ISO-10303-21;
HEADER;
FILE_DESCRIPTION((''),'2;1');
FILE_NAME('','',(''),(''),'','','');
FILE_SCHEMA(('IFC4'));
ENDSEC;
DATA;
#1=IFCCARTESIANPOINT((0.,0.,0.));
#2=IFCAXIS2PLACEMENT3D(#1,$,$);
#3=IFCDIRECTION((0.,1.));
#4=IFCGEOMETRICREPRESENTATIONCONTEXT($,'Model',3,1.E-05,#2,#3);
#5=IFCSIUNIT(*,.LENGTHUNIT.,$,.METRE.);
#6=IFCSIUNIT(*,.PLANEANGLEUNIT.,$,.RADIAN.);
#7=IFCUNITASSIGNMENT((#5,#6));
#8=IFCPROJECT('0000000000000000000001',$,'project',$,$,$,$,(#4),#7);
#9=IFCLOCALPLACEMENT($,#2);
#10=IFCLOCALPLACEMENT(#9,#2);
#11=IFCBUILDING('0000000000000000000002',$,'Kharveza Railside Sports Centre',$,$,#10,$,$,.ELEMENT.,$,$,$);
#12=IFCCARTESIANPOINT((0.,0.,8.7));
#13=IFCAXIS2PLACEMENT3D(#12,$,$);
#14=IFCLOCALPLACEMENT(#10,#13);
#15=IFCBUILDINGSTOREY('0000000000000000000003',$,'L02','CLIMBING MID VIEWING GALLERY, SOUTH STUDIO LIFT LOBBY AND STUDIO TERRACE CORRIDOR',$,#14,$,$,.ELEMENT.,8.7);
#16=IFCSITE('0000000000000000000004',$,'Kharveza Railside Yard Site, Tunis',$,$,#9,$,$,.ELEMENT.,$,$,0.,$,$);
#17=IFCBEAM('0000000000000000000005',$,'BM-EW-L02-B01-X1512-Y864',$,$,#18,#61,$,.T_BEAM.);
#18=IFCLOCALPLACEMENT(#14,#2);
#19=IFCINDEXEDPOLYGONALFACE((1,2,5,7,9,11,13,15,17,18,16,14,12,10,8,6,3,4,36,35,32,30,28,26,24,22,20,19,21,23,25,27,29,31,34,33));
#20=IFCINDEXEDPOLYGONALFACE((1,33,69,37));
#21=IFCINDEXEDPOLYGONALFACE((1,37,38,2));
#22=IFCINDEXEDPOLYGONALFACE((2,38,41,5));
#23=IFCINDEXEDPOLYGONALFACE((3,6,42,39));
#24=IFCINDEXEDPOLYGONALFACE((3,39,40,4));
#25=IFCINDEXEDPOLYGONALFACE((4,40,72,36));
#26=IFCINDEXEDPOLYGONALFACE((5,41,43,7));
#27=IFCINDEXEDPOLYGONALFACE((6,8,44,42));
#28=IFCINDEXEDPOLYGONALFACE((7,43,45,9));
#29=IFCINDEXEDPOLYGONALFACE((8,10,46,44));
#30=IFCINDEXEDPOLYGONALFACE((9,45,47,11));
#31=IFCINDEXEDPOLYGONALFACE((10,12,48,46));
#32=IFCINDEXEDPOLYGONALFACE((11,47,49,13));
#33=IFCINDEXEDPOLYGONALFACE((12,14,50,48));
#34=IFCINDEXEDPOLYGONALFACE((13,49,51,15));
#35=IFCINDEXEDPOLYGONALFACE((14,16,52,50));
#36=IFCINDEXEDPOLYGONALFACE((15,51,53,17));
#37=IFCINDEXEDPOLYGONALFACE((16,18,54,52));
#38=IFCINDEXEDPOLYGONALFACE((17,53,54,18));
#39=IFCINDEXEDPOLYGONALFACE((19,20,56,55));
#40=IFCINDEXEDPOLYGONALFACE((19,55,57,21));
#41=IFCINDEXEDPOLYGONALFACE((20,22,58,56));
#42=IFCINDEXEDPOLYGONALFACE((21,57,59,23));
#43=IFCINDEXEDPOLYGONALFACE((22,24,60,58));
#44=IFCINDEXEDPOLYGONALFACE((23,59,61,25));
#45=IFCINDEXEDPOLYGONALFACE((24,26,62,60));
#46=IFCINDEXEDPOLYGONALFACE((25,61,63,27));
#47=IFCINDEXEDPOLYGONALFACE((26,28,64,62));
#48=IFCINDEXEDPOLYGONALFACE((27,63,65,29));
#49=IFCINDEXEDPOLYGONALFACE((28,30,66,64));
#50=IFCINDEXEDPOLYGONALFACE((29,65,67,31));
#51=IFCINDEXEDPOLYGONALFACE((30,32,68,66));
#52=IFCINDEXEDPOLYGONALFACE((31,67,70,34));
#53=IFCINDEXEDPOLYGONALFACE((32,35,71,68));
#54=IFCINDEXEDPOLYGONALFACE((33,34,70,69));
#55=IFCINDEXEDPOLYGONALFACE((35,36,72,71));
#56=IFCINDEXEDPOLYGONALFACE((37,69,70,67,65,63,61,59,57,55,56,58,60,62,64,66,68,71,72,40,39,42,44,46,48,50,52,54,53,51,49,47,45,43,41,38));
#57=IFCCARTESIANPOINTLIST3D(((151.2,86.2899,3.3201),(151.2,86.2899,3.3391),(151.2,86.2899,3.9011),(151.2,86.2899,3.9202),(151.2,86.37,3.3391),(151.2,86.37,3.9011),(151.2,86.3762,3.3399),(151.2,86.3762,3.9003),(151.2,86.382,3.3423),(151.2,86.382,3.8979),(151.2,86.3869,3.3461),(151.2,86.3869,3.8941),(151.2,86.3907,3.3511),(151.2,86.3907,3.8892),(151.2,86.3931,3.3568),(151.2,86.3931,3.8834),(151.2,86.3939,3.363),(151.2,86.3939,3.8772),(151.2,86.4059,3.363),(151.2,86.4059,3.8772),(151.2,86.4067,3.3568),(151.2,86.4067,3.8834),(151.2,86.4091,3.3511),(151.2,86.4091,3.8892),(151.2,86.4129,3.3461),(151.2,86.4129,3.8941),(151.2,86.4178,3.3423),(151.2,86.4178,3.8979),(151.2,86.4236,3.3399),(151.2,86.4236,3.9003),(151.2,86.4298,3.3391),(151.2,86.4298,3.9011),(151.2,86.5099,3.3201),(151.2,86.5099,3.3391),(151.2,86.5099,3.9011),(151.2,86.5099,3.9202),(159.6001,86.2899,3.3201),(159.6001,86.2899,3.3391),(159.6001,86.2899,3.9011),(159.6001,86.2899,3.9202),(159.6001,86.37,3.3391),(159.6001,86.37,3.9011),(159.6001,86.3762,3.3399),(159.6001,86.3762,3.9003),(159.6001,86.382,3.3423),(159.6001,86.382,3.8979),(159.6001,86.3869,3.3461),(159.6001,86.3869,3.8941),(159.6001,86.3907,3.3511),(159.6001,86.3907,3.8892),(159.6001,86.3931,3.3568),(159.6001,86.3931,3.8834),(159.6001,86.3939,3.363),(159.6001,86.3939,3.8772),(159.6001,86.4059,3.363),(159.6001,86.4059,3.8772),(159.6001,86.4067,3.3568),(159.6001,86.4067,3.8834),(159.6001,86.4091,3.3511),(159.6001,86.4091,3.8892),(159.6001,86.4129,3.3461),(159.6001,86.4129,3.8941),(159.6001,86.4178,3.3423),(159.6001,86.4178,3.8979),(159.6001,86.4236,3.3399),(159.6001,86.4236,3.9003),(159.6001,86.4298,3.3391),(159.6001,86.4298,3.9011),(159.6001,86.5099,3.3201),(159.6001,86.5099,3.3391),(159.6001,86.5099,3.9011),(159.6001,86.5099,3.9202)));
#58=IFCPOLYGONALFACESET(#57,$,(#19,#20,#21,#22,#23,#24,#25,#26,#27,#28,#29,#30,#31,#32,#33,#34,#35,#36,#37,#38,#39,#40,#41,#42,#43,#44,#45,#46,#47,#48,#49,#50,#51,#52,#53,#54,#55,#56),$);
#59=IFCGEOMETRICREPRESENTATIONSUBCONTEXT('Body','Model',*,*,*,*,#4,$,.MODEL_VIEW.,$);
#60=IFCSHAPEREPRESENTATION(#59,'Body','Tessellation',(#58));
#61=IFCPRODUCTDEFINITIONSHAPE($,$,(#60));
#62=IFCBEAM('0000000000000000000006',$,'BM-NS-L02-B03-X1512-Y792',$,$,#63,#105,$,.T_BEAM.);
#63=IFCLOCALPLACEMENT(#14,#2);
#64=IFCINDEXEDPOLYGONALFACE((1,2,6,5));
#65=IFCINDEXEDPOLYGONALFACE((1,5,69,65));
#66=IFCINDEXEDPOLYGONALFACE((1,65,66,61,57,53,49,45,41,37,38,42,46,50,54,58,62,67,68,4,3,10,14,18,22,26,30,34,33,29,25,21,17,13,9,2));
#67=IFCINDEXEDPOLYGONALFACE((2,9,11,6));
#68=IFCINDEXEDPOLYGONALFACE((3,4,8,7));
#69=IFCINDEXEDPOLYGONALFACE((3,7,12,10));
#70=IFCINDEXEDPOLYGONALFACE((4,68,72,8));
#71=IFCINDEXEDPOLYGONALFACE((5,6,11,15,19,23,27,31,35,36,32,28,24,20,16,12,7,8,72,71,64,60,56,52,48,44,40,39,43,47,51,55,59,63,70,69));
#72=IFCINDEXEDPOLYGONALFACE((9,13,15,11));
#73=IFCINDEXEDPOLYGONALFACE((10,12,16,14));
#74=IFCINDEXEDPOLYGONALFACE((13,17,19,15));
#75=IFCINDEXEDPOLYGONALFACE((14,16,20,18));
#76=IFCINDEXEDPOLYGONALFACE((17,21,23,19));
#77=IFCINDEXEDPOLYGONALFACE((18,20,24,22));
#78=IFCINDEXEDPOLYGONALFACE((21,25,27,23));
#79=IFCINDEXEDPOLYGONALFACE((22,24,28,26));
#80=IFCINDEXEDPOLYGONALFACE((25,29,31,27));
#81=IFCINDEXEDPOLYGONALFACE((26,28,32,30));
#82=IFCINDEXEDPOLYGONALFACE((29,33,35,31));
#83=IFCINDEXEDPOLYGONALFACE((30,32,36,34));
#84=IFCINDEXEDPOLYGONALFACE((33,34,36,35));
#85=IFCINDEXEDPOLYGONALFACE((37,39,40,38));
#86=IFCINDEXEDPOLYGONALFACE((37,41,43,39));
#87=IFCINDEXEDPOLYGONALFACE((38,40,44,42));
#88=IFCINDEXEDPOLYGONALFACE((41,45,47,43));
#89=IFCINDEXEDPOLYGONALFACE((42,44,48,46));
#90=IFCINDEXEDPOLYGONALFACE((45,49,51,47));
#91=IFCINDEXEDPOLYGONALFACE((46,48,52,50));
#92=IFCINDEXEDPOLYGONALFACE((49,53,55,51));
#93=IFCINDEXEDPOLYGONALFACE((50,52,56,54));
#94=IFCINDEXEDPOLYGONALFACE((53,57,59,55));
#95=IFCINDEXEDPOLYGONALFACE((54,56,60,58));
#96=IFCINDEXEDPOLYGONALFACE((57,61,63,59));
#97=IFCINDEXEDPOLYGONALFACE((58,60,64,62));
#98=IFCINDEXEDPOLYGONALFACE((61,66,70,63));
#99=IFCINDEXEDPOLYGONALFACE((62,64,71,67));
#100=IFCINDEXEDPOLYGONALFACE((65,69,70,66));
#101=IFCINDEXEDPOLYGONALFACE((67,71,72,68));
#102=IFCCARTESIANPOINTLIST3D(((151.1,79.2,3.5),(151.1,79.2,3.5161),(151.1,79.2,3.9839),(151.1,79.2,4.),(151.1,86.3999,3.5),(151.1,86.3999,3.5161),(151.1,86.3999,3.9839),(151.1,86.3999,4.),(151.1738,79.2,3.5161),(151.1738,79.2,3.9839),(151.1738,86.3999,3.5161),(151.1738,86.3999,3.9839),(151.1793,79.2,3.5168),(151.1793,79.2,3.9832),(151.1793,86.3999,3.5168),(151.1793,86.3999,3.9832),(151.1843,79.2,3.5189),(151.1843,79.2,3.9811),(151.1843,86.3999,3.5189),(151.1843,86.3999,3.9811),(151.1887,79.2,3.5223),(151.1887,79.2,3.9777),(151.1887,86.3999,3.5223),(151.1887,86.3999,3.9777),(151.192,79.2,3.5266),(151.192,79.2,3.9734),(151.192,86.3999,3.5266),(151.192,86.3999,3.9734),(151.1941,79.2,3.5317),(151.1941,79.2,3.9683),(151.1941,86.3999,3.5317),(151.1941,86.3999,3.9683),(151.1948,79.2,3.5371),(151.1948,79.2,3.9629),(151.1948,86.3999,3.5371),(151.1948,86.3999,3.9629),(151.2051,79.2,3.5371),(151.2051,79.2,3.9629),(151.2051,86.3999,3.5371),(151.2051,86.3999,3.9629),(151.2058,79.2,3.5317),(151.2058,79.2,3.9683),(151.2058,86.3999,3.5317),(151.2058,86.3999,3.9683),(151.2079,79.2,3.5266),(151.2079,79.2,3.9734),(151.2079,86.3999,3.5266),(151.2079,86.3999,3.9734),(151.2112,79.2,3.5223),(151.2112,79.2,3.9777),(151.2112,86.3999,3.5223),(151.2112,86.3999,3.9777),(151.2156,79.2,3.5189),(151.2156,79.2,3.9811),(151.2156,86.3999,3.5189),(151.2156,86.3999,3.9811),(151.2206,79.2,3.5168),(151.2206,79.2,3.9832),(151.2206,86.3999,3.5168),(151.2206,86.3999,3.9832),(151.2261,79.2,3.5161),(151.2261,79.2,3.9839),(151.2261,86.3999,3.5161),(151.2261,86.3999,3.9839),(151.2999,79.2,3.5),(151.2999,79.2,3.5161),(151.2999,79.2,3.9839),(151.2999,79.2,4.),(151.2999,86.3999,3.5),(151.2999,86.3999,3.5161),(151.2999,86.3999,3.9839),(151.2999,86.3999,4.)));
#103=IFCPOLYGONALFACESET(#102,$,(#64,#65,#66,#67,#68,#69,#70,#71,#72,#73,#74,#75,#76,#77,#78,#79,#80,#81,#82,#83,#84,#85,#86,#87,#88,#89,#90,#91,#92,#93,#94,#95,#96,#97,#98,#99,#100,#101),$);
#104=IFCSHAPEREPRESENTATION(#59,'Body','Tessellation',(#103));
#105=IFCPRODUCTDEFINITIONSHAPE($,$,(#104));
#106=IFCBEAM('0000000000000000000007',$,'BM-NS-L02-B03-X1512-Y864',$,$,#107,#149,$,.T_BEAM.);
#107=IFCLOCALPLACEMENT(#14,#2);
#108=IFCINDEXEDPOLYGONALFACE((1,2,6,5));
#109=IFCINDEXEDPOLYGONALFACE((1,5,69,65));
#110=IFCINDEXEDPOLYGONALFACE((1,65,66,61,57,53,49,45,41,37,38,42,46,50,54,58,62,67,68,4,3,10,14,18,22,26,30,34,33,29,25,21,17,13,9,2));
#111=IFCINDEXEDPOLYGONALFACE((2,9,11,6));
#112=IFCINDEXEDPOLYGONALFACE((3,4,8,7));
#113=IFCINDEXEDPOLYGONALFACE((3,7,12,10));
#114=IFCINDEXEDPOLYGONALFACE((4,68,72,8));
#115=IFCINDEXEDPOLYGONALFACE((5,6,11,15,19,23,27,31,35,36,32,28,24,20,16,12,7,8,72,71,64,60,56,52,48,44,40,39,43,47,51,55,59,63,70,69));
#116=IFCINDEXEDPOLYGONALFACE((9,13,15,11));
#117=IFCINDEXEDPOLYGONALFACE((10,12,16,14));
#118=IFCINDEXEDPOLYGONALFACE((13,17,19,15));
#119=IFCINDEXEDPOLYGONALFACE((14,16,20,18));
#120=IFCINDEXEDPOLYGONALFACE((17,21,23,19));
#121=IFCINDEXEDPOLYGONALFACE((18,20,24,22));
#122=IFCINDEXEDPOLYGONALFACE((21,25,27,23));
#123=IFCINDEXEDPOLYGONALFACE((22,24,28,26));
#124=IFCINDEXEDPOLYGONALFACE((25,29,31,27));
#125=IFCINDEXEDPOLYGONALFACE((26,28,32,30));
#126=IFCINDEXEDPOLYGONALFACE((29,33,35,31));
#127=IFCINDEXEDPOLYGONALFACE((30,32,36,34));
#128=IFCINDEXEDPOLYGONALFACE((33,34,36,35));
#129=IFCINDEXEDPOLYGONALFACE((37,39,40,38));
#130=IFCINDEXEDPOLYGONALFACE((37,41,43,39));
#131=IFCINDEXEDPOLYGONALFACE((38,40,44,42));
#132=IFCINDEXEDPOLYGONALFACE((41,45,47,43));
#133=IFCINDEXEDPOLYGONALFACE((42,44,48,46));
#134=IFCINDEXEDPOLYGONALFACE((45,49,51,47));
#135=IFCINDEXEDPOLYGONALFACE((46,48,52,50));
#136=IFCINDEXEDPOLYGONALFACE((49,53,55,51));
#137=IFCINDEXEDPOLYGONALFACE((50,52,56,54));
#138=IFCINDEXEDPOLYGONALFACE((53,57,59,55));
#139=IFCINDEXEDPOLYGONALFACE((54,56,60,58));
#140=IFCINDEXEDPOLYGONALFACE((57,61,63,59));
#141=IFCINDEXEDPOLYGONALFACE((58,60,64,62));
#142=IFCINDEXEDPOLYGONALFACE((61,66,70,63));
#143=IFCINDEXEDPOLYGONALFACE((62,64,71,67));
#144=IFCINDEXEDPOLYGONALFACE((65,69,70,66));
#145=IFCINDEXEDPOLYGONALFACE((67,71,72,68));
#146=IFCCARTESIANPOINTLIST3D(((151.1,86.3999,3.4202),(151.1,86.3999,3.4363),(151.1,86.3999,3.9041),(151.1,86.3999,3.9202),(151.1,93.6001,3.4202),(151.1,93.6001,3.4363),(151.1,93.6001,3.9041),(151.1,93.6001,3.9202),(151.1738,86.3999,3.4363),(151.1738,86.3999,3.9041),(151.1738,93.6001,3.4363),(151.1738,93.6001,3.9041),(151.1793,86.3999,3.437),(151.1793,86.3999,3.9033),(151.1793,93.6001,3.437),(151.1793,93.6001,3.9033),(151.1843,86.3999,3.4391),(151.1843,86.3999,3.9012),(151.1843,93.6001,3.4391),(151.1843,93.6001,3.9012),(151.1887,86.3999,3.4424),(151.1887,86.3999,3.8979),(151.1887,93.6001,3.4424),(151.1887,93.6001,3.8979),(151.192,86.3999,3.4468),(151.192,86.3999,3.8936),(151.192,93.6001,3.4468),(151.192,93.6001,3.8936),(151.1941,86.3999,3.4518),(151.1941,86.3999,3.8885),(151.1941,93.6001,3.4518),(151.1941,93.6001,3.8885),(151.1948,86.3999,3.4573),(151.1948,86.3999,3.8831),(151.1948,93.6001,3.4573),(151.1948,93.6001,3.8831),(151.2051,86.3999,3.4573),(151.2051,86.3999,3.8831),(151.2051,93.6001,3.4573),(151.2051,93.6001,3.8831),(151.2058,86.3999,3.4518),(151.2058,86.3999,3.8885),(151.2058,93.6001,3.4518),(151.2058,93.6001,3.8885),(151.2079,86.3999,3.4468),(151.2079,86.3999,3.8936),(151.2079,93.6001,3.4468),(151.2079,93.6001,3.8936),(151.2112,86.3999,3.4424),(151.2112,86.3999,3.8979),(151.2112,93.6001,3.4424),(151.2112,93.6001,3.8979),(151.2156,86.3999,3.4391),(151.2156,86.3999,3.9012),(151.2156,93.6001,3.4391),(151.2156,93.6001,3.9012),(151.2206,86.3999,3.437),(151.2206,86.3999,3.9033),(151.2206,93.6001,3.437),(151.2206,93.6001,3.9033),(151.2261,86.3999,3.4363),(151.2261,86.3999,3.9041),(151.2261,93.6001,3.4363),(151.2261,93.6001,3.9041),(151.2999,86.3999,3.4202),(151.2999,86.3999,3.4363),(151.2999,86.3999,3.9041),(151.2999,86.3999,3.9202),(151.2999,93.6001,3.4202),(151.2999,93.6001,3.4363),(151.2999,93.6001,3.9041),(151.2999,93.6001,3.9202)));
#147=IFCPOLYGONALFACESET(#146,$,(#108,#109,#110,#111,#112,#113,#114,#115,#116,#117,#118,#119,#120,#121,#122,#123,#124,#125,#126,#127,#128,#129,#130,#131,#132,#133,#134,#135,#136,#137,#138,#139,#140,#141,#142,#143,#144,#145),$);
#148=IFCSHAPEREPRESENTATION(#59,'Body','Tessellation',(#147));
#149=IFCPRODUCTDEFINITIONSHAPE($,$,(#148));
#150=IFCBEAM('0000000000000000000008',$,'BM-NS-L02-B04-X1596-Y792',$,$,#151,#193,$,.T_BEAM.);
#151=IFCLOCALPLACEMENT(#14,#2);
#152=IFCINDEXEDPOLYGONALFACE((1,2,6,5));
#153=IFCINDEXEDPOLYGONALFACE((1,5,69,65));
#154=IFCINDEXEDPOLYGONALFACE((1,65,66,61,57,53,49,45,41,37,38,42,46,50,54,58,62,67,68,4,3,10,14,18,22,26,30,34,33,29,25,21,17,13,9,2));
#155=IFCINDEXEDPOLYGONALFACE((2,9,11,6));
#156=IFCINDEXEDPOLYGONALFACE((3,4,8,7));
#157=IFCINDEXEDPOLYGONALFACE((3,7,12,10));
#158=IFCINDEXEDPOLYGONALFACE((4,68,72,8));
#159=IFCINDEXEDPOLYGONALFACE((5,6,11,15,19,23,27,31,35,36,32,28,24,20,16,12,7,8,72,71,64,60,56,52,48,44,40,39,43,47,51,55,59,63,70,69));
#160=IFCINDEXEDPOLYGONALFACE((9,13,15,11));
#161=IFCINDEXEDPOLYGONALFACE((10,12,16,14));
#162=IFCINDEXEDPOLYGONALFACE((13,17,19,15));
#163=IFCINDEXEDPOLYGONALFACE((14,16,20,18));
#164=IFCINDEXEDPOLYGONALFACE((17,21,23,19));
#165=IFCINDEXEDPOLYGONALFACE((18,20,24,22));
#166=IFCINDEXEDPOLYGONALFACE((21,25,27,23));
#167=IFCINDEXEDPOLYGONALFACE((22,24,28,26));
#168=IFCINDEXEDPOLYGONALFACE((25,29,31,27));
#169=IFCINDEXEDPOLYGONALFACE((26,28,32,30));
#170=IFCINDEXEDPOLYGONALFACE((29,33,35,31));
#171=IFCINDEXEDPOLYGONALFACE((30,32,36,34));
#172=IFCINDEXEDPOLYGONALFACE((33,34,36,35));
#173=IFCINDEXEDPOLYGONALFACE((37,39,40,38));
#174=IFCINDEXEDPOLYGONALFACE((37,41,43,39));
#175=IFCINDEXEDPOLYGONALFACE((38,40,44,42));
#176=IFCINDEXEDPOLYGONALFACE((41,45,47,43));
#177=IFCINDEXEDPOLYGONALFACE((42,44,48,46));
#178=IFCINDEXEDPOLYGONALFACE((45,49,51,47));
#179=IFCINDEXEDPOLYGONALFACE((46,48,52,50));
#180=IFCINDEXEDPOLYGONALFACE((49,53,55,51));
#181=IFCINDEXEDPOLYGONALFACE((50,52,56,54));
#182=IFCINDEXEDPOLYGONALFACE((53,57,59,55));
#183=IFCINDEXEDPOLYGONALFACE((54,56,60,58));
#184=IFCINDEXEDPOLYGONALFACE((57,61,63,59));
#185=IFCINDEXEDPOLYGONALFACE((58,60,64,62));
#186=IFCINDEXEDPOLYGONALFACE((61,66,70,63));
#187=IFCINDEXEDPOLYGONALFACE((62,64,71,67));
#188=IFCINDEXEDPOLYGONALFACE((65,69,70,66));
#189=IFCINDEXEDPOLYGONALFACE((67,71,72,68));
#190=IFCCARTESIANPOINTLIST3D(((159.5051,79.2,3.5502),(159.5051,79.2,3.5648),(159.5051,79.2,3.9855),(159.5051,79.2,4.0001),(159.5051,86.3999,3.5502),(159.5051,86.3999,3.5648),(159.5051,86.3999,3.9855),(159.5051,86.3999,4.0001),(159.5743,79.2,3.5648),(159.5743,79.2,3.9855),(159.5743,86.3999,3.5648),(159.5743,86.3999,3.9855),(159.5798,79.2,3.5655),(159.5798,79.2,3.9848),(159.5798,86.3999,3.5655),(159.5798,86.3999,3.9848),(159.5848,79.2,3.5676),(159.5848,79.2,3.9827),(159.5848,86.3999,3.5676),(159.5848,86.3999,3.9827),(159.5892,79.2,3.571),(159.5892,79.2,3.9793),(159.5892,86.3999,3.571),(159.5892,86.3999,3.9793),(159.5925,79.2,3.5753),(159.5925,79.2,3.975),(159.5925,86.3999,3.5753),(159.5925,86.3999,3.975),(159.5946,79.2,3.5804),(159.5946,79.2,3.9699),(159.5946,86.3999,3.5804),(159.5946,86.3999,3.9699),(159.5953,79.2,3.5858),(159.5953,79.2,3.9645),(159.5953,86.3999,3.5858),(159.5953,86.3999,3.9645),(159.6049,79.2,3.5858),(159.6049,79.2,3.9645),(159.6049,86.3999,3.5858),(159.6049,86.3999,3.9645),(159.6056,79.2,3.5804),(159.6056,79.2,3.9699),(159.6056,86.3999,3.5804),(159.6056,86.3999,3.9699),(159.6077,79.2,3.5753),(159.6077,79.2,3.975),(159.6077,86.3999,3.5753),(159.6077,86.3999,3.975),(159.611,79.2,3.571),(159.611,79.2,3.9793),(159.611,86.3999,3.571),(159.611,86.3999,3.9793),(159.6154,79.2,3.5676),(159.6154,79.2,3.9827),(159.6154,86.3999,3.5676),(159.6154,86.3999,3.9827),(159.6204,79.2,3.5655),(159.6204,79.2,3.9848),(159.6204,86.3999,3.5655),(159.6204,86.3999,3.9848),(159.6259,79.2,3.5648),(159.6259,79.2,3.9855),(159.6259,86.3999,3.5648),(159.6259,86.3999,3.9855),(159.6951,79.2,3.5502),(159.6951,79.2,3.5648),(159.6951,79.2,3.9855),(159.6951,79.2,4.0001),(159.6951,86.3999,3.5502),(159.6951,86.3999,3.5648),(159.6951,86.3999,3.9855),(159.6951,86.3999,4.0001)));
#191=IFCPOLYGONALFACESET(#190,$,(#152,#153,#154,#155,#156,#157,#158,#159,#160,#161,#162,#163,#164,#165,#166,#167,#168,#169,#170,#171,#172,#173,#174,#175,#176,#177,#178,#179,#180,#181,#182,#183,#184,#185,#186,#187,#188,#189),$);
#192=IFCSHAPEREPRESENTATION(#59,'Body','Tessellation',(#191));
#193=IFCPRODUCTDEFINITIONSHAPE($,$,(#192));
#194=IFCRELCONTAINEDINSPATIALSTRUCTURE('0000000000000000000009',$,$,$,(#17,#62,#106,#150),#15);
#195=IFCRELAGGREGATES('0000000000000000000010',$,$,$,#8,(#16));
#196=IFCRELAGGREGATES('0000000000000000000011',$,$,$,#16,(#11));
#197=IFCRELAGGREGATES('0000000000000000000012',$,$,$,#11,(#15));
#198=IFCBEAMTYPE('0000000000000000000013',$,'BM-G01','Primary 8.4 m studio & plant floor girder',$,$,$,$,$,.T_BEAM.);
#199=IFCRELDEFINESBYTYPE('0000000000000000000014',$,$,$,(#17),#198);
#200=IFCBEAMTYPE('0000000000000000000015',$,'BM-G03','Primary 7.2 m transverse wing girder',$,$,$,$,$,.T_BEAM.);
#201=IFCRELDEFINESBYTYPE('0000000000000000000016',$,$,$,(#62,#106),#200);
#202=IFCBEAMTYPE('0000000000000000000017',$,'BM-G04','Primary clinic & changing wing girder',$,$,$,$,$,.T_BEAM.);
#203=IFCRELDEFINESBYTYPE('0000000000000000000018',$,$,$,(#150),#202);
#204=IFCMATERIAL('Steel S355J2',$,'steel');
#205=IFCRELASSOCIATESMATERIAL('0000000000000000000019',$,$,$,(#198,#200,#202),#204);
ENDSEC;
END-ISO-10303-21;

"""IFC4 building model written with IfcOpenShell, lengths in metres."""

from ifc_helpers import new_model, si_unit, direction, frame, origin, origin_2d, place, context, subcontext, project, spatial, i_section, extrude, material, material_profile, profile_set, type_object, element, save


model = new_model("IFC4")

# Units and contexts
model_context = context("Model", 3, precision=1e-05, world=origin(), true_north=direction((0.0, 1.0)))
body_context = subcontext(model_context, "Body", "Model", "MODEL_VIEW")
ifc_project = project(units=[si_unit("LENGTHUNIT", "METRE"), si_unit("PLANEANGLEUNIT", "RADIAN")], contexts=[model_context])

# Site, building, storey
site_placement = place(None, origin())
site = spatial("IfcSite", under=ifc_project, at=site_placement, Name="Kharveza Railside Yard Site, Tunis", CompositionType="ELEMENT", RefElevation=0.0)
building_placement = place(site_placement, origin())
building = spatial("IfcBuilding", under=site, at=building_placement, Name="Kharveza Railside Sports Centre", CompositionType="ELEMENT")
storey_placement = place(building_placement, frame((0.0, 0.0, 8.7)))
storey = spatial("IfcBuildingStorey", under=building, at=storey_placement, Name="L02", Description="CLIMBING MID VIEWING GALLERY, SOUTH STUDIO LIFT LOBBY AND STUDIO TERRACE CORRIDOR", CompositionType="ELEMENT", Elevation=8.7)

# Shared definitions
ifc_material_1 = material(Name="Steel S355J2", Category="steel")

# Beams
ifc_material_profile_1 = material_profile(ifc_material_1, i_section(OverallWidth=0.22, OverallDepth=0.6001, WebThickness=0.012, FlangeThickness=0.019, FilletRadius=0.0239, at=origin_2d()), Name="IPE 600")
ifc_profile_set_1 = profile_set([ifc_material_profile_1], Name="Steel S355J2")
beam_type_1 = type_object("IfcBeamType", Name="BM-G01", Description="Primary 8.4 m studio & plant floor girder", PredefinedType="T_BEAM", material=ifc_profile_set_1)
beam_1_placement = place(storey_placement, frame((151.2, 86.3999, 3.6201), z_axis=(1.0, 0.0, 0.0), x_axis=(0.0, 1.0, 0.0)))
element("IfcBeam", 1, at=beam_1_placement, inside=storey, type_object=beam_type_1, Name="BM-EW-L02-B01-X1512-Y864", PredefinedType="T_BEAM", context=body_context, shape_type="SweptSolid", body=[
    extrude(i_section(OverallWidth=0.22, OverallDepth=0.6001, WebThickness=0.012, FlangeThickness=0.019, FilletRadius=0.0239, at=origin_2d()), origin(), (0.0, 0.0, 1.0), 8.4001),
])
ifc_material_profile_2 = material_profile(ifc_material_1, i_section(OverallWidth=0.2, OverallDepth=0.5, WebThickness=0.0103, FlangeThickness=0.0161, FilletRadius=0.021, at=origin_2d()), Name="IPE 500")
ifc_profile_set_2 = profile_set([ifc_material_profile_2], Name="Steel S355J2")
beam_type_2 = type_object("IfcBeamType", Name="BM-G03", Description="Primary 7.2 m transverse wing girder", PredefinedType="T_BEAM", material=ifc_profile_set_2)
beam_2_placement = place(storey_placement, frame((151.2, 79.2, 3.75), z_axis=(0.0, 1.0, 0.0), x_axis=(-1.0, 0.0, 0.0)))
element("IfcBeam", 2, at=beam_2_placement, inside=storey, type_object=beam_type_2, Name="BM-NS-L02-B03-X1512-Y792", PredefinedType="T_BEAM", context=body_context, shape_type="SweptSolid", body=[
    extrude(i_section(OverallWidth=0.2, OverallDepth=0.5, WebThickness=0.0103, FlangeThickness=0.0161, FilletRadius=0.021, at=origin_2d()), origin(), (0.0, 0.0, 1.0), 7.2),
])
beam_3_placement = place(storey_placement, frame((151.2, 86.3999, 3.6702), z_axis=(0.0, 1.0, 0.0), x_axis=(-1.0, 0.0, 0.0)))
element("IfcBeam", 3, at=beam_3_placement, inside=storey, type_object=beam_type_2, Name="BM-NS-L02-B03-X1512-Y864", PredefinedType="T_BEAM", context=body_context, shape_type="SweptSolid", body=[
    extrude(i_section(OverallWidth=0.2, OverallDepth=0.5, WebThickness=0.0103, FlangeThickness=0.0161, FilletRadius=0.021, at=origin_2d()), origin(), (0.0, 0.0, 1.0), 7.2002),
])
ifc_material_profile_3 = material_profile(ifc_material_1, i_section(OverallWidth=0.1899, OverallDepth=0.45, WebThickness=0.0095, FlangeThickness=0.0146, FilletRadius=0.021, at=origin_2d()), Name="IPE 450")
ifc_profile_set_3 = profile_set([ifc_material_profile_3], Name="Steel S355J2")
beam_type_3 = type_object("IfcBeamType", Name="BM-G04", Description="Primary clinic & changing wing girder", PredefinedType="T_BEAM", material=ifc_profile_set_3)
beam_4_placement = place(storey_placement, frame((159.6001, 79.2, 3.7751), z_axis=(0.0, 1.0, 0.0), x_axis=(-1.0, 0.0, 0.0)))
element("IfcBeam", 4, at=beam_4_placement, inside=storey, type_object=beam_type_3, Name="BM-NS-L02-B04-X1596-Y792", PredefinedType="T_BEAM", context=body_context, shape_type="SweptSolid", body=[
    extrude(i_section(OverallWidth=0.1899, OverallDepth=0.45, WebThickness=0.0095, FlangeThickness=0.0146, FilletRadius=0.021, at=origin_2d()), origin(), (0.0, 0.0, 1.0), 7.2),
])

save(model, "model.ifc")
